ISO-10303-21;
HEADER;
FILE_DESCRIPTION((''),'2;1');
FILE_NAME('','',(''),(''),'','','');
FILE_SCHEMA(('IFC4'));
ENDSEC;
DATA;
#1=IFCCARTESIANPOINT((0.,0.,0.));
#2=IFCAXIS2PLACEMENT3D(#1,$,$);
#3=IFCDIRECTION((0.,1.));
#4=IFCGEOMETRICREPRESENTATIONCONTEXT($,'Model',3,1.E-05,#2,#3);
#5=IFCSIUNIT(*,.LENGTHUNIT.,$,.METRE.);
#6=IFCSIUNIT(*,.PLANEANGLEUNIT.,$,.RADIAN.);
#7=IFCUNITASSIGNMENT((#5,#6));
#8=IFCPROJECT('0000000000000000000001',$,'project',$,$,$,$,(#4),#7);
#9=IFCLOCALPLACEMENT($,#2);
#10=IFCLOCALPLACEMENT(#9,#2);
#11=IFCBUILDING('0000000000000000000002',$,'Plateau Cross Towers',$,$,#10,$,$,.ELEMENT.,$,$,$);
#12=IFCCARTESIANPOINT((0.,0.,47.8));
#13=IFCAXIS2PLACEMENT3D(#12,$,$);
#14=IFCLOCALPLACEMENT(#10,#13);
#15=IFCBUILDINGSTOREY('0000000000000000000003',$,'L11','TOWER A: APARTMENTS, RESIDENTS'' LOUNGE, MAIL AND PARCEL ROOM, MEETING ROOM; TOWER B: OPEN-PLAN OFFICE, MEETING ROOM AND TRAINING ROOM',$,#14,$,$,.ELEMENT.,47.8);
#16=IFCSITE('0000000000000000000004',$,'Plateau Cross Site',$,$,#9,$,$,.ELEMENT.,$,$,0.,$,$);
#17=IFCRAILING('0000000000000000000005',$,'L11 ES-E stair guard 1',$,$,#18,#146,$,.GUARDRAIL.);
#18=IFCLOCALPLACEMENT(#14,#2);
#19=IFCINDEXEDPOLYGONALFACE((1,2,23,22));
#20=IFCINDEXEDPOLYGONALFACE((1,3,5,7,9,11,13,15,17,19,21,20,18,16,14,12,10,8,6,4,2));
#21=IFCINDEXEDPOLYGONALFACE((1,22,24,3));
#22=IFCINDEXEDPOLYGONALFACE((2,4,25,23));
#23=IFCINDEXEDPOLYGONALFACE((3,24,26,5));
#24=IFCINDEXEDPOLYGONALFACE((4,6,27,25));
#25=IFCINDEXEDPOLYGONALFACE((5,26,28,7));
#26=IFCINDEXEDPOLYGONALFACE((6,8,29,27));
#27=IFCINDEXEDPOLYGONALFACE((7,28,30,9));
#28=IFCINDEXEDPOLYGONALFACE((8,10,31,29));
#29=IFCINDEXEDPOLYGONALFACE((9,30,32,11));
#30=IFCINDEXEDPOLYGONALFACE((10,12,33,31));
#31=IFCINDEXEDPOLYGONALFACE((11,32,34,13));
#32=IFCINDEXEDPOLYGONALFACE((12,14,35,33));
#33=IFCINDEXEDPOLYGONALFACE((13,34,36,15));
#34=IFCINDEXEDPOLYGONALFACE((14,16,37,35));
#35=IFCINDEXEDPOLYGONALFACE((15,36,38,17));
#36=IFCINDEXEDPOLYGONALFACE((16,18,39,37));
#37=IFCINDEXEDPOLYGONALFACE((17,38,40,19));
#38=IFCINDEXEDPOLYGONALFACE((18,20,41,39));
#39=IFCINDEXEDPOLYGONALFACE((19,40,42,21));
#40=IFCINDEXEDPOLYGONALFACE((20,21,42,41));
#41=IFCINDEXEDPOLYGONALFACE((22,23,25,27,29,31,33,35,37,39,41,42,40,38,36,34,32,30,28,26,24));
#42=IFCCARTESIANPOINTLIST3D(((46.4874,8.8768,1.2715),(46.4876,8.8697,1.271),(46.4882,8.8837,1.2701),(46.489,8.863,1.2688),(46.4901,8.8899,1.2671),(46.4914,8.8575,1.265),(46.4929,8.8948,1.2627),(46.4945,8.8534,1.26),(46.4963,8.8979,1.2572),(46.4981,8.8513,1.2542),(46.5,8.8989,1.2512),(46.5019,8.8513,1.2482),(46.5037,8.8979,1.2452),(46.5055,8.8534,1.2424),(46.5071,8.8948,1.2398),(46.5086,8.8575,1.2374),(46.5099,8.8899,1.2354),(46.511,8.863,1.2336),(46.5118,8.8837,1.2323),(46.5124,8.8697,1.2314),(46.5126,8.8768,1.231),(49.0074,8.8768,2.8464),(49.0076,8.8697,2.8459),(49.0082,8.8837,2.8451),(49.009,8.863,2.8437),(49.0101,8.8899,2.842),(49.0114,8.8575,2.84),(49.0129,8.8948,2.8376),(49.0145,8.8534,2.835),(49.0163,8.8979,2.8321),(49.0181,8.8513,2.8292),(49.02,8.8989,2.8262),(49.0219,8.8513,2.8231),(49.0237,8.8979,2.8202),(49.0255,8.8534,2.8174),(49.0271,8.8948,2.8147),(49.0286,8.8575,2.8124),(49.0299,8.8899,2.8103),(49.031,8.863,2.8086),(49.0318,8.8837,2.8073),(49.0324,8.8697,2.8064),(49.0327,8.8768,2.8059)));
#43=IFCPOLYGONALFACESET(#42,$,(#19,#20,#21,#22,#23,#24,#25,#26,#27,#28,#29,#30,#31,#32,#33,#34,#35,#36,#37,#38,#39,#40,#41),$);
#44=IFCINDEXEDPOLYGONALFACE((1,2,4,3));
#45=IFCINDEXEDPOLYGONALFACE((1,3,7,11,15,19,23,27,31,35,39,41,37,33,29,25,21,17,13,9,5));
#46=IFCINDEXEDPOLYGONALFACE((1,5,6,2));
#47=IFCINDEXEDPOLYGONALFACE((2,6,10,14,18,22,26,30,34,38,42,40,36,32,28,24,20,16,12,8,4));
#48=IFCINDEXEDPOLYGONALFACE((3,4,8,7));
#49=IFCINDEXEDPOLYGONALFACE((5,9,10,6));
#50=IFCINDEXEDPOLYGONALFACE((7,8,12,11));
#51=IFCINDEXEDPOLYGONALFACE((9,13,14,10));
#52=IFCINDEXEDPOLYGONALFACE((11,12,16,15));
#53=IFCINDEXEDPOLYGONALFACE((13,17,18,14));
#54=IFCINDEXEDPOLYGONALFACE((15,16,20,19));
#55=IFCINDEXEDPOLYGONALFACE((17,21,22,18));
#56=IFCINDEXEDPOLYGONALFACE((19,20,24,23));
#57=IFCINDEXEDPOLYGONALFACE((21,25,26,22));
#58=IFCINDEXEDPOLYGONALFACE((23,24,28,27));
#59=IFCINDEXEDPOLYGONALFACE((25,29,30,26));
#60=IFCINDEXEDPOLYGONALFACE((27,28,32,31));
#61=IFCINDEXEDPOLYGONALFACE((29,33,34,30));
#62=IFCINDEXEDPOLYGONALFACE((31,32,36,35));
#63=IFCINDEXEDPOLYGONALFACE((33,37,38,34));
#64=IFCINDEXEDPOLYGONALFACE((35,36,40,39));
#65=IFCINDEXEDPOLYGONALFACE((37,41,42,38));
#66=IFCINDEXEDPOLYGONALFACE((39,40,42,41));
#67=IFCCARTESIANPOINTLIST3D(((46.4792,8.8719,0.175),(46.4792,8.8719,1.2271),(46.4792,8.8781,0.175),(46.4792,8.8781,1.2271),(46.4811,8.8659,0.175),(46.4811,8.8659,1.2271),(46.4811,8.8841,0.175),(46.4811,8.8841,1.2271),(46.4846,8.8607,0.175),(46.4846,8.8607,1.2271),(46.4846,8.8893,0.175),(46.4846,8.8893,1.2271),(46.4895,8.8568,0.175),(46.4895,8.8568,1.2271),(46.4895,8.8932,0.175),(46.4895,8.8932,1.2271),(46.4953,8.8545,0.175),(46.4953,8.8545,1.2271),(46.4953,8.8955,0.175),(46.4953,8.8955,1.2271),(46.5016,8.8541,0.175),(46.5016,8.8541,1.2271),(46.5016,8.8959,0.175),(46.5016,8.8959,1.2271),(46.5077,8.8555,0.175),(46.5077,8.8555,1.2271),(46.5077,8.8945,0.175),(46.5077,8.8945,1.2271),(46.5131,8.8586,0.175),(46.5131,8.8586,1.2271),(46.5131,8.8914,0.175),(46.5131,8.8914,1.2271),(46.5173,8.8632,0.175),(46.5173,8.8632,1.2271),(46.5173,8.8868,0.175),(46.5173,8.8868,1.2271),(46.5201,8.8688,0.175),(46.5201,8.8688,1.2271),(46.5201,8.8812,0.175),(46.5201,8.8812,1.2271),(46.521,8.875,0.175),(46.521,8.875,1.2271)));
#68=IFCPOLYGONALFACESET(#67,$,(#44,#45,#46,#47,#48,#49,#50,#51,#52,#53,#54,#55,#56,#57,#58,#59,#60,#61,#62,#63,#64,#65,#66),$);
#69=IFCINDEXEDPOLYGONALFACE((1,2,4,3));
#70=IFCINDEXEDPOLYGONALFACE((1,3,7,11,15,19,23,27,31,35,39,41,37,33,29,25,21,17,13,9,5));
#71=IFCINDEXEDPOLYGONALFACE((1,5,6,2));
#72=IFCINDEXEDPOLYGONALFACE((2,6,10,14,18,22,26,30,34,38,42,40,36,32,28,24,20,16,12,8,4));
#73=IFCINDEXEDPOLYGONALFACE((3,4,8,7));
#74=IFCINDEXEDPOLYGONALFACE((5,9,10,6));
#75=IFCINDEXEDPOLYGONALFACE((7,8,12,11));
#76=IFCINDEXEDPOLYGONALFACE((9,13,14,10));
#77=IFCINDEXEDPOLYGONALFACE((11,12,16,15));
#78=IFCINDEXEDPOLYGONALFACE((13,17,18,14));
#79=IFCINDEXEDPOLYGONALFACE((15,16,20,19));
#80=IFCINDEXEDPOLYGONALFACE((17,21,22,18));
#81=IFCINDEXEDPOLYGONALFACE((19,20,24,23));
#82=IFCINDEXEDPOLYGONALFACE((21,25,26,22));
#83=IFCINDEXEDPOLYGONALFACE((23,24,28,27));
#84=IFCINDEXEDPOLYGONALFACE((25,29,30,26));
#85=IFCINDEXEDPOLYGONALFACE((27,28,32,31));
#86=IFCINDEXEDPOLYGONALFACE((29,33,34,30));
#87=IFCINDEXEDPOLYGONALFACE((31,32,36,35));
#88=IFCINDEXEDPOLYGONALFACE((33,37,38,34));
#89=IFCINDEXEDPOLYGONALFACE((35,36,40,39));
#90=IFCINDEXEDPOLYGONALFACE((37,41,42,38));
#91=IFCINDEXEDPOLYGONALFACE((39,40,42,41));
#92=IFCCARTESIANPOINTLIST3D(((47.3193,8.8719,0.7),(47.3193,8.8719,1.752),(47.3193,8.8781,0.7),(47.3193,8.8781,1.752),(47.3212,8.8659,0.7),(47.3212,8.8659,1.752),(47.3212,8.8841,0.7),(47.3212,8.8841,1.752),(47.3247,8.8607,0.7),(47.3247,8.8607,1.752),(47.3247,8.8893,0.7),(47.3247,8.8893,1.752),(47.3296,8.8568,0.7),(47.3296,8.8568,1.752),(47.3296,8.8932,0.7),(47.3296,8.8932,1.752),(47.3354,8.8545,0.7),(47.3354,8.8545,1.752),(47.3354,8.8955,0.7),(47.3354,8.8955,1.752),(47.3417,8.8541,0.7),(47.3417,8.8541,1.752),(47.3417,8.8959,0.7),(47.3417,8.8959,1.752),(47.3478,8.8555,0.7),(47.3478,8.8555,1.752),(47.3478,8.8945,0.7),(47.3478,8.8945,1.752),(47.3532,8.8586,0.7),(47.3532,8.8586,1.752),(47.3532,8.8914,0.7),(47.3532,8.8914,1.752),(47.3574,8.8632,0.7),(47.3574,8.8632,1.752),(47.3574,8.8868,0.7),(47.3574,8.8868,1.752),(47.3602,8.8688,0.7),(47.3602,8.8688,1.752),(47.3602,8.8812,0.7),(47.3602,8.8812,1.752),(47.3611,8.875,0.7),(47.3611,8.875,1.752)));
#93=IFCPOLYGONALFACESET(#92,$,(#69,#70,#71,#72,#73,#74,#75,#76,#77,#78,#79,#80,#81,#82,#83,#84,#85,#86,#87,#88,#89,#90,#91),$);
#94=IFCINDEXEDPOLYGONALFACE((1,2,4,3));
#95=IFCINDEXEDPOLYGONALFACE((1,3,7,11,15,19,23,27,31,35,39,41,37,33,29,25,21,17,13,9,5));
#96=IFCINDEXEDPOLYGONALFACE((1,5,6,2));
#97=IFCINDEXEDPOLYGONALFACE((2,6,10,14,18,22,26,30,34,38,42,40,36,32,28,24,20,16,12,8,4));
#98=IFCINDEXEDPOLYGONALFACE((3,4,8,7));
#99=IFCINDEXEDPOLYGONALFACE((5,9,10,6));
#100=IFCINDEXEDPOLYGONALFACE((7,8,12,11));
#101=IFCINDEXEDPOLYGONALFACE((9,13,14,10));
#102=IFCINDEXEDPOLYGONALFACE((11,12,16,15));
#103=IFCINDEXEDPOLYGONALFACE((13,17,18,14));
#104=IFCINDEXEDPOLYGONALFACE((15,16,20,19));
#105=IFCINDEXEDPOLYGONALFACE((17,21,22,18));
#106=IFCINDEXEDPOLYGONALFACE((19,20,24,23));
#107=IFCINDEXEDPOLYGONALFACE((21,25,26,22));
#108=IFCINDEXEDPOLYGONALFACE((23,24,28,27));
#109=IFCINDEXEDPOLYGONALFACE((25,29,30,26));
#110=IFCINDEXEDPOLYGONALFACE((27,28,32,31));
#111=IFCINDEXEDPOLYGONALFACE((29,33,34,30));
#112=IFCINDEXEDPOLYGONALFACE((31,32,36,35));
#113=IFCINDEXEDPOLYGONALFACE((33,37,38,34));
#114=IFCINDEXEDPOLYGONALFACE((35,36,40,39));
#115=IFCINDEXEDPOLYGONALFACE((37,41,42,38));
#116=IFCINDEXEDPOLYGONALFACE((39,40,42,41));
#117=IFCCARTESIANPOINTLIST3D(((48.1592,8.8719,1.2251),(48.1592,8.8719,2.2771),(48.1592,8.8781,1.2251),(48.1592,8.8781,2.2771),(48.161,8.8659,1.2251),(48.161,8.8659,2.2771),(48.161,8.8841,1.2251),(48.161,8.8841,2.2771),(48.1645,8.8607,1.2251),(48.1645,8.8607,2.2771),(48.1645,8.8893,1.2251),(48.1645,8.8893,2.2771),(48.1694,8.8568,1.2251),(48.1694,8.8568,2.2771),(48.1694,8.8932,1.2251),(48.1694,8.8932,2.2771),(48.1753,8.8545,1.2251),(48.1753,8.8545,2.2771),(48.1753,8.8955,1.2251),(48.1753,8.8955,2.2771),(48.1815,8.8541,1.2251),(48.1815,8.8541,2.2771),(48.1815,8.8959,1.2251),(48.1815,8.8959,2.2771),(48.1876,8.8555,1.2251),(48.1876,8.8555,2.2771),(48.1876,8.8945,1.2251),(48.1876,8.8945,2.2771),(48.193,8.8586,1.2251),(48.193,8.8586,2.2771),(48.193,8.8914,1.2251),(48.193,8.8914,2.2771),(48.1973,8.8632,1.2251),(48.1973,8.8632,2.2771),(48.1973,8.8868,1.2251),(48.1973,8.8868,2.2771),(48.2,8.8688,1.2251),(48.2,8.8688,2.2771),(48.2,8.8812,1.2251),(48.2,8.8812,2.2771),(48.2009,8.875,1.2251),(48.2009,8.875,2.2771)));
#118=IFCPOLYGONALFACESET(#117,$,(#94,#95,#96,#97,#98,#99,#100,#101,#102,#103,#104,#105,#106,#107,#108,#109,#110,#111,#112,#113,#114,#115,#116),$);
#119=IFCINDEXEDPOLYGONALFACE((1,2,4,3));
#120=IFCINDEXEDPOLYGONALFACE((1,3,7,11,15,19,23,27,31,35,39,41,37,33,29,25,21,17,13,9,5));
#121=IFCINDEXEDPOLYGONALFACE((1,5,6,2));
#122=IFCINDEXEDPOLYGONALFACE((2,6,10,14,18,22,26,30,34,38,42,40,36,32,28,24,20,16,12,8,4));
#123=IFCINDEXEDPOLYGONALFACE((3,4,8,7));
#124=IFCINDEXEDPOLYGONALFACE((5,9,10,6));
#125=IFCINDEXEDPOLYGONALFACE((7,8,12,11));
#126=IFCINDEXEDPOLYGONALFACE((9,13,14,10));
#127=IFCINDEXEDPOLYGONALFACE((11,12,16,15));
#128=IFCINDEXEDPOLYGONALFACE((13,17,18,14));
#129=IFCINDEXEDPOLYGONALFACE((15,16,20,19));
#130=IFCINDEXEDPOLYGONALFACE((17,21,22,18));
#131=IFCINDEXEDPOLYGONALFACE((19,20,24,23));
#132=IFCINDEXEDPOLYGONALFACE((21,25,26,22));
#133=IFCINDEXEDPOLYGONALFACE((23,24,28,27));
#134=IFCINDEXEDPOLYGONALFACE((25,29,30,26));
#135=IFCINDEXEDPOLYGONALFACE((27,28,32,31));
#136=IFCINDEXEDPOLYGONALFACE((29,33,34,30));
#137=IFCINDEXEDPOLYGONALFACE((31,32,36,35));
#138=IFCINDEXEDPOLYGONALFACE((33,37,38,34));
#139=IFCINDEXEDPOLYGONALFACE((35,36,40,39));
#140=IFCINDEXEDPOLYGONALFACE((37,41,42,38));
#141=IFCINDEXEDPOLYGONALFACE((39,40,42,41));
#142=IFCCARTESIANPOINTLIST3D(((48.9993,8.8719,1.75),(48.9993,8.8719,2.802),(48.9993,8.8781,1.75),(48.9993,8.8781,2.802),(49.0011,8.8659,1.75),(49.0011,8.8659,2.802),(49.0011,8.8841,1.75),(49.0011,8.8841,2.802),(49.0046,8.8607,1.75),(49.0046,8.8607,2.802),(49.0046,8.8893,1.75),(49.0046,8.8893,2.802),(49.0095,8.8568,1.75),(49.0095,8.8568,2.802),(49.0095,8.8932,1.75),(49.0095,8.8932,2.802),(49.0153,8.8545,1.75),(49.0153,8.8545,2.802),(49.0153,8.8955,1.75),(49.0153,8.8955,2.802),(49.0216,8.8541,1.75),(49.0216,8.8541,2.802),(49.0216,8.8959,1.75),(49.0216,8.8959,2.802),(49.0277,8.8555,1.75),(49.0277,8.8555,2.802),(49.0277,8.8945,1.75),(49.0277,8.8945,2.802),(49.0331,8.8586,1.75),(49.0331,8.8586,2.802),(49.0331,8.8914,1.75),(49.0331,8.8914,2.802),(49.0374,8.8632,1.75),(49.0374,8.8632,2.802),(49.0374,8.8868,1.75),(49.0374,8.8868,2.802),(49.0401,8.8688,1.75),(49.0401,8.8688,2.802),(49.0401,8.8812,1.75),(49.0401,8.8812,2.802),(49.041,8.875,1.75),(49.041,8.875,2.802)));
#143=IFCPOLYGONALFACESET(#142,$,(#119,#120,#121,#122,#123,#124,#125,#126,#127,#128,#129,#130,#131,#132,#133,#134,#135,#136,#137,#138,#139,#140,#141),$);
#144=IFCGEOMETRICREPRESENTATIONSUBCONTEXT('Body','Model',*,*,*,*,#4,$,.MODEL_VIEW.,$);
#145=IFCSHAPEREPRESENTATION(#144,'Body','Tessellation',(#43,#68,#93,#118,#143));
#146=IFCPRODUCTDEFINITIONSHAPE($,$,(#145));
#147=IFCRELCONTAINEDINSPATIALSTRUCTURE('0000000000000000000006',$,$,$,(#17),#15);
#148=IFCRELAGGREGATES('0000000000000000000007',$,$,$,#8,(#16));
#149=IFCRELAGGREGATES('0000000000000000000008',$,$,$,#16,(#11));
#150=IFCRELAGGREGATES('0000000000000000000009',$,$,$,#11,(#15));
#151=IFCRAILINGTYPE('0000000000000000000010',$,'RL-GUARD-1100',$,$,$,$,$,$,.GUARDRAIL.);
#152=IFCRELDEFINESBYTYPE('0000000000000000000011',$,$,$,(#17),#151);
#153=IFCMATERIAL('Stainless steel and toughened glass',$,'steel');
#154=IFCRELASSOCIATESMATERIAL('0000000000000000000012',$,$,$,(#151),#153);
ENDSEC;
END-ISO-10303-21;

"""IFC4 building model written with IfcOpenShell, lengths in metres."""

from ifc_helpers import new_model, si_unit, direction, frame, origin, origin_2d, place, context, subcontext, project, spatial, circle, extrude, material, type_object, element, save


model = new_model("IFC4")

# Units and contexts
model_context = context("Model", 3, precision=1e-05, world=origin(), true_north=direction((0.0, 1.0)))
body_context = subcontext(model_context, "Body", "Model", "MODEL_VIEW")
ifc_project = project(units=[si_unit("LENGTHUNIT", "METRE"), si_unit("PLANEANGLEUNIT", "RADIAN")], contexts=[model_context])

# Site, building, storey
site_placement = place(None, origin())
site = spatial("IfcSite", under=ifc_project, at=site_placement, Name="Plateau Cross Site", CompositionType="ELEMENT", RefElevation=0.0)
building_placement = place(site_placement, origin())
building = spatial("IfcBuilding", under=site, at=building_placement, Name="Plateau Cross Towers", CompositionType="ELEMENT")
storey_placement = place(building_placement, frame((0.0, 0.0, 47.8)))
storey = spatial("IfcBuildingStorey", under=building, at=storey_placement, Name="L11", Description="TOWER A: APARTMENTS, RESIDENTS' LOUNGE, MAIL AND PARCEL ROOM, MEETING ROOM; TOWER B: OPEN-PLAN OFFICE, MEETING ROOM AND TRAINING ROOM", CompositionType="ELEMENT", Elevation=47.8)

# Railing
ifc_material_1 = material(Name="Stainless steel and toughened glass", Category="steel")
railing_type_1 = type_object("IfcRailingType", Name="RL-GUARD-1100", PredefinedType="GUARDRAIL", material=ifc_material_1)
railing_1_placement = place(storey_placement, frame((46.5, 8.875, 0.175)))
element("IfcRailing", 1, at=railing_1_placement, inside=storey, type_object=railing_type_1, Name="L11 ES-E stair guard 1", PredefinedType="GUARDRAIL", context=body_context, shape_type="SweptSolid", body=[
    extrude(circle(Radius=0.0239, at=origin_2d()), frame((0.0, 0.0, 1.0762), z_axis=(0.848008, 0.0, 0.529984), x_axis=(0.0, 1.0, 0.0)), (0.0, 0.0, 1.0), 2.9717),
    extrude(circle(Radius=0.021, at=origin_2d()), origin(), (0.0, 0.0, 1.0), 1.052),
    extrude(circle(Radius=0.021, at=origin_2d()), frame((0.8401, 0.0, 0.5249)), (0.0, 0.0, 1.0), 1.052),
    extrude(circle(Radius=0.021, at=origin_2d()), frame((1.6799, 0.0, 1.05)), (0.0, 0.0, 1.0), 1.052),
    extrude(circle(Radius=0.021, at=origin_2d()), frame((2.52, 0.0, 1.575)), (0.0, 0.0, 1.0), 1.052),
])

save(model, "model.ifc")
